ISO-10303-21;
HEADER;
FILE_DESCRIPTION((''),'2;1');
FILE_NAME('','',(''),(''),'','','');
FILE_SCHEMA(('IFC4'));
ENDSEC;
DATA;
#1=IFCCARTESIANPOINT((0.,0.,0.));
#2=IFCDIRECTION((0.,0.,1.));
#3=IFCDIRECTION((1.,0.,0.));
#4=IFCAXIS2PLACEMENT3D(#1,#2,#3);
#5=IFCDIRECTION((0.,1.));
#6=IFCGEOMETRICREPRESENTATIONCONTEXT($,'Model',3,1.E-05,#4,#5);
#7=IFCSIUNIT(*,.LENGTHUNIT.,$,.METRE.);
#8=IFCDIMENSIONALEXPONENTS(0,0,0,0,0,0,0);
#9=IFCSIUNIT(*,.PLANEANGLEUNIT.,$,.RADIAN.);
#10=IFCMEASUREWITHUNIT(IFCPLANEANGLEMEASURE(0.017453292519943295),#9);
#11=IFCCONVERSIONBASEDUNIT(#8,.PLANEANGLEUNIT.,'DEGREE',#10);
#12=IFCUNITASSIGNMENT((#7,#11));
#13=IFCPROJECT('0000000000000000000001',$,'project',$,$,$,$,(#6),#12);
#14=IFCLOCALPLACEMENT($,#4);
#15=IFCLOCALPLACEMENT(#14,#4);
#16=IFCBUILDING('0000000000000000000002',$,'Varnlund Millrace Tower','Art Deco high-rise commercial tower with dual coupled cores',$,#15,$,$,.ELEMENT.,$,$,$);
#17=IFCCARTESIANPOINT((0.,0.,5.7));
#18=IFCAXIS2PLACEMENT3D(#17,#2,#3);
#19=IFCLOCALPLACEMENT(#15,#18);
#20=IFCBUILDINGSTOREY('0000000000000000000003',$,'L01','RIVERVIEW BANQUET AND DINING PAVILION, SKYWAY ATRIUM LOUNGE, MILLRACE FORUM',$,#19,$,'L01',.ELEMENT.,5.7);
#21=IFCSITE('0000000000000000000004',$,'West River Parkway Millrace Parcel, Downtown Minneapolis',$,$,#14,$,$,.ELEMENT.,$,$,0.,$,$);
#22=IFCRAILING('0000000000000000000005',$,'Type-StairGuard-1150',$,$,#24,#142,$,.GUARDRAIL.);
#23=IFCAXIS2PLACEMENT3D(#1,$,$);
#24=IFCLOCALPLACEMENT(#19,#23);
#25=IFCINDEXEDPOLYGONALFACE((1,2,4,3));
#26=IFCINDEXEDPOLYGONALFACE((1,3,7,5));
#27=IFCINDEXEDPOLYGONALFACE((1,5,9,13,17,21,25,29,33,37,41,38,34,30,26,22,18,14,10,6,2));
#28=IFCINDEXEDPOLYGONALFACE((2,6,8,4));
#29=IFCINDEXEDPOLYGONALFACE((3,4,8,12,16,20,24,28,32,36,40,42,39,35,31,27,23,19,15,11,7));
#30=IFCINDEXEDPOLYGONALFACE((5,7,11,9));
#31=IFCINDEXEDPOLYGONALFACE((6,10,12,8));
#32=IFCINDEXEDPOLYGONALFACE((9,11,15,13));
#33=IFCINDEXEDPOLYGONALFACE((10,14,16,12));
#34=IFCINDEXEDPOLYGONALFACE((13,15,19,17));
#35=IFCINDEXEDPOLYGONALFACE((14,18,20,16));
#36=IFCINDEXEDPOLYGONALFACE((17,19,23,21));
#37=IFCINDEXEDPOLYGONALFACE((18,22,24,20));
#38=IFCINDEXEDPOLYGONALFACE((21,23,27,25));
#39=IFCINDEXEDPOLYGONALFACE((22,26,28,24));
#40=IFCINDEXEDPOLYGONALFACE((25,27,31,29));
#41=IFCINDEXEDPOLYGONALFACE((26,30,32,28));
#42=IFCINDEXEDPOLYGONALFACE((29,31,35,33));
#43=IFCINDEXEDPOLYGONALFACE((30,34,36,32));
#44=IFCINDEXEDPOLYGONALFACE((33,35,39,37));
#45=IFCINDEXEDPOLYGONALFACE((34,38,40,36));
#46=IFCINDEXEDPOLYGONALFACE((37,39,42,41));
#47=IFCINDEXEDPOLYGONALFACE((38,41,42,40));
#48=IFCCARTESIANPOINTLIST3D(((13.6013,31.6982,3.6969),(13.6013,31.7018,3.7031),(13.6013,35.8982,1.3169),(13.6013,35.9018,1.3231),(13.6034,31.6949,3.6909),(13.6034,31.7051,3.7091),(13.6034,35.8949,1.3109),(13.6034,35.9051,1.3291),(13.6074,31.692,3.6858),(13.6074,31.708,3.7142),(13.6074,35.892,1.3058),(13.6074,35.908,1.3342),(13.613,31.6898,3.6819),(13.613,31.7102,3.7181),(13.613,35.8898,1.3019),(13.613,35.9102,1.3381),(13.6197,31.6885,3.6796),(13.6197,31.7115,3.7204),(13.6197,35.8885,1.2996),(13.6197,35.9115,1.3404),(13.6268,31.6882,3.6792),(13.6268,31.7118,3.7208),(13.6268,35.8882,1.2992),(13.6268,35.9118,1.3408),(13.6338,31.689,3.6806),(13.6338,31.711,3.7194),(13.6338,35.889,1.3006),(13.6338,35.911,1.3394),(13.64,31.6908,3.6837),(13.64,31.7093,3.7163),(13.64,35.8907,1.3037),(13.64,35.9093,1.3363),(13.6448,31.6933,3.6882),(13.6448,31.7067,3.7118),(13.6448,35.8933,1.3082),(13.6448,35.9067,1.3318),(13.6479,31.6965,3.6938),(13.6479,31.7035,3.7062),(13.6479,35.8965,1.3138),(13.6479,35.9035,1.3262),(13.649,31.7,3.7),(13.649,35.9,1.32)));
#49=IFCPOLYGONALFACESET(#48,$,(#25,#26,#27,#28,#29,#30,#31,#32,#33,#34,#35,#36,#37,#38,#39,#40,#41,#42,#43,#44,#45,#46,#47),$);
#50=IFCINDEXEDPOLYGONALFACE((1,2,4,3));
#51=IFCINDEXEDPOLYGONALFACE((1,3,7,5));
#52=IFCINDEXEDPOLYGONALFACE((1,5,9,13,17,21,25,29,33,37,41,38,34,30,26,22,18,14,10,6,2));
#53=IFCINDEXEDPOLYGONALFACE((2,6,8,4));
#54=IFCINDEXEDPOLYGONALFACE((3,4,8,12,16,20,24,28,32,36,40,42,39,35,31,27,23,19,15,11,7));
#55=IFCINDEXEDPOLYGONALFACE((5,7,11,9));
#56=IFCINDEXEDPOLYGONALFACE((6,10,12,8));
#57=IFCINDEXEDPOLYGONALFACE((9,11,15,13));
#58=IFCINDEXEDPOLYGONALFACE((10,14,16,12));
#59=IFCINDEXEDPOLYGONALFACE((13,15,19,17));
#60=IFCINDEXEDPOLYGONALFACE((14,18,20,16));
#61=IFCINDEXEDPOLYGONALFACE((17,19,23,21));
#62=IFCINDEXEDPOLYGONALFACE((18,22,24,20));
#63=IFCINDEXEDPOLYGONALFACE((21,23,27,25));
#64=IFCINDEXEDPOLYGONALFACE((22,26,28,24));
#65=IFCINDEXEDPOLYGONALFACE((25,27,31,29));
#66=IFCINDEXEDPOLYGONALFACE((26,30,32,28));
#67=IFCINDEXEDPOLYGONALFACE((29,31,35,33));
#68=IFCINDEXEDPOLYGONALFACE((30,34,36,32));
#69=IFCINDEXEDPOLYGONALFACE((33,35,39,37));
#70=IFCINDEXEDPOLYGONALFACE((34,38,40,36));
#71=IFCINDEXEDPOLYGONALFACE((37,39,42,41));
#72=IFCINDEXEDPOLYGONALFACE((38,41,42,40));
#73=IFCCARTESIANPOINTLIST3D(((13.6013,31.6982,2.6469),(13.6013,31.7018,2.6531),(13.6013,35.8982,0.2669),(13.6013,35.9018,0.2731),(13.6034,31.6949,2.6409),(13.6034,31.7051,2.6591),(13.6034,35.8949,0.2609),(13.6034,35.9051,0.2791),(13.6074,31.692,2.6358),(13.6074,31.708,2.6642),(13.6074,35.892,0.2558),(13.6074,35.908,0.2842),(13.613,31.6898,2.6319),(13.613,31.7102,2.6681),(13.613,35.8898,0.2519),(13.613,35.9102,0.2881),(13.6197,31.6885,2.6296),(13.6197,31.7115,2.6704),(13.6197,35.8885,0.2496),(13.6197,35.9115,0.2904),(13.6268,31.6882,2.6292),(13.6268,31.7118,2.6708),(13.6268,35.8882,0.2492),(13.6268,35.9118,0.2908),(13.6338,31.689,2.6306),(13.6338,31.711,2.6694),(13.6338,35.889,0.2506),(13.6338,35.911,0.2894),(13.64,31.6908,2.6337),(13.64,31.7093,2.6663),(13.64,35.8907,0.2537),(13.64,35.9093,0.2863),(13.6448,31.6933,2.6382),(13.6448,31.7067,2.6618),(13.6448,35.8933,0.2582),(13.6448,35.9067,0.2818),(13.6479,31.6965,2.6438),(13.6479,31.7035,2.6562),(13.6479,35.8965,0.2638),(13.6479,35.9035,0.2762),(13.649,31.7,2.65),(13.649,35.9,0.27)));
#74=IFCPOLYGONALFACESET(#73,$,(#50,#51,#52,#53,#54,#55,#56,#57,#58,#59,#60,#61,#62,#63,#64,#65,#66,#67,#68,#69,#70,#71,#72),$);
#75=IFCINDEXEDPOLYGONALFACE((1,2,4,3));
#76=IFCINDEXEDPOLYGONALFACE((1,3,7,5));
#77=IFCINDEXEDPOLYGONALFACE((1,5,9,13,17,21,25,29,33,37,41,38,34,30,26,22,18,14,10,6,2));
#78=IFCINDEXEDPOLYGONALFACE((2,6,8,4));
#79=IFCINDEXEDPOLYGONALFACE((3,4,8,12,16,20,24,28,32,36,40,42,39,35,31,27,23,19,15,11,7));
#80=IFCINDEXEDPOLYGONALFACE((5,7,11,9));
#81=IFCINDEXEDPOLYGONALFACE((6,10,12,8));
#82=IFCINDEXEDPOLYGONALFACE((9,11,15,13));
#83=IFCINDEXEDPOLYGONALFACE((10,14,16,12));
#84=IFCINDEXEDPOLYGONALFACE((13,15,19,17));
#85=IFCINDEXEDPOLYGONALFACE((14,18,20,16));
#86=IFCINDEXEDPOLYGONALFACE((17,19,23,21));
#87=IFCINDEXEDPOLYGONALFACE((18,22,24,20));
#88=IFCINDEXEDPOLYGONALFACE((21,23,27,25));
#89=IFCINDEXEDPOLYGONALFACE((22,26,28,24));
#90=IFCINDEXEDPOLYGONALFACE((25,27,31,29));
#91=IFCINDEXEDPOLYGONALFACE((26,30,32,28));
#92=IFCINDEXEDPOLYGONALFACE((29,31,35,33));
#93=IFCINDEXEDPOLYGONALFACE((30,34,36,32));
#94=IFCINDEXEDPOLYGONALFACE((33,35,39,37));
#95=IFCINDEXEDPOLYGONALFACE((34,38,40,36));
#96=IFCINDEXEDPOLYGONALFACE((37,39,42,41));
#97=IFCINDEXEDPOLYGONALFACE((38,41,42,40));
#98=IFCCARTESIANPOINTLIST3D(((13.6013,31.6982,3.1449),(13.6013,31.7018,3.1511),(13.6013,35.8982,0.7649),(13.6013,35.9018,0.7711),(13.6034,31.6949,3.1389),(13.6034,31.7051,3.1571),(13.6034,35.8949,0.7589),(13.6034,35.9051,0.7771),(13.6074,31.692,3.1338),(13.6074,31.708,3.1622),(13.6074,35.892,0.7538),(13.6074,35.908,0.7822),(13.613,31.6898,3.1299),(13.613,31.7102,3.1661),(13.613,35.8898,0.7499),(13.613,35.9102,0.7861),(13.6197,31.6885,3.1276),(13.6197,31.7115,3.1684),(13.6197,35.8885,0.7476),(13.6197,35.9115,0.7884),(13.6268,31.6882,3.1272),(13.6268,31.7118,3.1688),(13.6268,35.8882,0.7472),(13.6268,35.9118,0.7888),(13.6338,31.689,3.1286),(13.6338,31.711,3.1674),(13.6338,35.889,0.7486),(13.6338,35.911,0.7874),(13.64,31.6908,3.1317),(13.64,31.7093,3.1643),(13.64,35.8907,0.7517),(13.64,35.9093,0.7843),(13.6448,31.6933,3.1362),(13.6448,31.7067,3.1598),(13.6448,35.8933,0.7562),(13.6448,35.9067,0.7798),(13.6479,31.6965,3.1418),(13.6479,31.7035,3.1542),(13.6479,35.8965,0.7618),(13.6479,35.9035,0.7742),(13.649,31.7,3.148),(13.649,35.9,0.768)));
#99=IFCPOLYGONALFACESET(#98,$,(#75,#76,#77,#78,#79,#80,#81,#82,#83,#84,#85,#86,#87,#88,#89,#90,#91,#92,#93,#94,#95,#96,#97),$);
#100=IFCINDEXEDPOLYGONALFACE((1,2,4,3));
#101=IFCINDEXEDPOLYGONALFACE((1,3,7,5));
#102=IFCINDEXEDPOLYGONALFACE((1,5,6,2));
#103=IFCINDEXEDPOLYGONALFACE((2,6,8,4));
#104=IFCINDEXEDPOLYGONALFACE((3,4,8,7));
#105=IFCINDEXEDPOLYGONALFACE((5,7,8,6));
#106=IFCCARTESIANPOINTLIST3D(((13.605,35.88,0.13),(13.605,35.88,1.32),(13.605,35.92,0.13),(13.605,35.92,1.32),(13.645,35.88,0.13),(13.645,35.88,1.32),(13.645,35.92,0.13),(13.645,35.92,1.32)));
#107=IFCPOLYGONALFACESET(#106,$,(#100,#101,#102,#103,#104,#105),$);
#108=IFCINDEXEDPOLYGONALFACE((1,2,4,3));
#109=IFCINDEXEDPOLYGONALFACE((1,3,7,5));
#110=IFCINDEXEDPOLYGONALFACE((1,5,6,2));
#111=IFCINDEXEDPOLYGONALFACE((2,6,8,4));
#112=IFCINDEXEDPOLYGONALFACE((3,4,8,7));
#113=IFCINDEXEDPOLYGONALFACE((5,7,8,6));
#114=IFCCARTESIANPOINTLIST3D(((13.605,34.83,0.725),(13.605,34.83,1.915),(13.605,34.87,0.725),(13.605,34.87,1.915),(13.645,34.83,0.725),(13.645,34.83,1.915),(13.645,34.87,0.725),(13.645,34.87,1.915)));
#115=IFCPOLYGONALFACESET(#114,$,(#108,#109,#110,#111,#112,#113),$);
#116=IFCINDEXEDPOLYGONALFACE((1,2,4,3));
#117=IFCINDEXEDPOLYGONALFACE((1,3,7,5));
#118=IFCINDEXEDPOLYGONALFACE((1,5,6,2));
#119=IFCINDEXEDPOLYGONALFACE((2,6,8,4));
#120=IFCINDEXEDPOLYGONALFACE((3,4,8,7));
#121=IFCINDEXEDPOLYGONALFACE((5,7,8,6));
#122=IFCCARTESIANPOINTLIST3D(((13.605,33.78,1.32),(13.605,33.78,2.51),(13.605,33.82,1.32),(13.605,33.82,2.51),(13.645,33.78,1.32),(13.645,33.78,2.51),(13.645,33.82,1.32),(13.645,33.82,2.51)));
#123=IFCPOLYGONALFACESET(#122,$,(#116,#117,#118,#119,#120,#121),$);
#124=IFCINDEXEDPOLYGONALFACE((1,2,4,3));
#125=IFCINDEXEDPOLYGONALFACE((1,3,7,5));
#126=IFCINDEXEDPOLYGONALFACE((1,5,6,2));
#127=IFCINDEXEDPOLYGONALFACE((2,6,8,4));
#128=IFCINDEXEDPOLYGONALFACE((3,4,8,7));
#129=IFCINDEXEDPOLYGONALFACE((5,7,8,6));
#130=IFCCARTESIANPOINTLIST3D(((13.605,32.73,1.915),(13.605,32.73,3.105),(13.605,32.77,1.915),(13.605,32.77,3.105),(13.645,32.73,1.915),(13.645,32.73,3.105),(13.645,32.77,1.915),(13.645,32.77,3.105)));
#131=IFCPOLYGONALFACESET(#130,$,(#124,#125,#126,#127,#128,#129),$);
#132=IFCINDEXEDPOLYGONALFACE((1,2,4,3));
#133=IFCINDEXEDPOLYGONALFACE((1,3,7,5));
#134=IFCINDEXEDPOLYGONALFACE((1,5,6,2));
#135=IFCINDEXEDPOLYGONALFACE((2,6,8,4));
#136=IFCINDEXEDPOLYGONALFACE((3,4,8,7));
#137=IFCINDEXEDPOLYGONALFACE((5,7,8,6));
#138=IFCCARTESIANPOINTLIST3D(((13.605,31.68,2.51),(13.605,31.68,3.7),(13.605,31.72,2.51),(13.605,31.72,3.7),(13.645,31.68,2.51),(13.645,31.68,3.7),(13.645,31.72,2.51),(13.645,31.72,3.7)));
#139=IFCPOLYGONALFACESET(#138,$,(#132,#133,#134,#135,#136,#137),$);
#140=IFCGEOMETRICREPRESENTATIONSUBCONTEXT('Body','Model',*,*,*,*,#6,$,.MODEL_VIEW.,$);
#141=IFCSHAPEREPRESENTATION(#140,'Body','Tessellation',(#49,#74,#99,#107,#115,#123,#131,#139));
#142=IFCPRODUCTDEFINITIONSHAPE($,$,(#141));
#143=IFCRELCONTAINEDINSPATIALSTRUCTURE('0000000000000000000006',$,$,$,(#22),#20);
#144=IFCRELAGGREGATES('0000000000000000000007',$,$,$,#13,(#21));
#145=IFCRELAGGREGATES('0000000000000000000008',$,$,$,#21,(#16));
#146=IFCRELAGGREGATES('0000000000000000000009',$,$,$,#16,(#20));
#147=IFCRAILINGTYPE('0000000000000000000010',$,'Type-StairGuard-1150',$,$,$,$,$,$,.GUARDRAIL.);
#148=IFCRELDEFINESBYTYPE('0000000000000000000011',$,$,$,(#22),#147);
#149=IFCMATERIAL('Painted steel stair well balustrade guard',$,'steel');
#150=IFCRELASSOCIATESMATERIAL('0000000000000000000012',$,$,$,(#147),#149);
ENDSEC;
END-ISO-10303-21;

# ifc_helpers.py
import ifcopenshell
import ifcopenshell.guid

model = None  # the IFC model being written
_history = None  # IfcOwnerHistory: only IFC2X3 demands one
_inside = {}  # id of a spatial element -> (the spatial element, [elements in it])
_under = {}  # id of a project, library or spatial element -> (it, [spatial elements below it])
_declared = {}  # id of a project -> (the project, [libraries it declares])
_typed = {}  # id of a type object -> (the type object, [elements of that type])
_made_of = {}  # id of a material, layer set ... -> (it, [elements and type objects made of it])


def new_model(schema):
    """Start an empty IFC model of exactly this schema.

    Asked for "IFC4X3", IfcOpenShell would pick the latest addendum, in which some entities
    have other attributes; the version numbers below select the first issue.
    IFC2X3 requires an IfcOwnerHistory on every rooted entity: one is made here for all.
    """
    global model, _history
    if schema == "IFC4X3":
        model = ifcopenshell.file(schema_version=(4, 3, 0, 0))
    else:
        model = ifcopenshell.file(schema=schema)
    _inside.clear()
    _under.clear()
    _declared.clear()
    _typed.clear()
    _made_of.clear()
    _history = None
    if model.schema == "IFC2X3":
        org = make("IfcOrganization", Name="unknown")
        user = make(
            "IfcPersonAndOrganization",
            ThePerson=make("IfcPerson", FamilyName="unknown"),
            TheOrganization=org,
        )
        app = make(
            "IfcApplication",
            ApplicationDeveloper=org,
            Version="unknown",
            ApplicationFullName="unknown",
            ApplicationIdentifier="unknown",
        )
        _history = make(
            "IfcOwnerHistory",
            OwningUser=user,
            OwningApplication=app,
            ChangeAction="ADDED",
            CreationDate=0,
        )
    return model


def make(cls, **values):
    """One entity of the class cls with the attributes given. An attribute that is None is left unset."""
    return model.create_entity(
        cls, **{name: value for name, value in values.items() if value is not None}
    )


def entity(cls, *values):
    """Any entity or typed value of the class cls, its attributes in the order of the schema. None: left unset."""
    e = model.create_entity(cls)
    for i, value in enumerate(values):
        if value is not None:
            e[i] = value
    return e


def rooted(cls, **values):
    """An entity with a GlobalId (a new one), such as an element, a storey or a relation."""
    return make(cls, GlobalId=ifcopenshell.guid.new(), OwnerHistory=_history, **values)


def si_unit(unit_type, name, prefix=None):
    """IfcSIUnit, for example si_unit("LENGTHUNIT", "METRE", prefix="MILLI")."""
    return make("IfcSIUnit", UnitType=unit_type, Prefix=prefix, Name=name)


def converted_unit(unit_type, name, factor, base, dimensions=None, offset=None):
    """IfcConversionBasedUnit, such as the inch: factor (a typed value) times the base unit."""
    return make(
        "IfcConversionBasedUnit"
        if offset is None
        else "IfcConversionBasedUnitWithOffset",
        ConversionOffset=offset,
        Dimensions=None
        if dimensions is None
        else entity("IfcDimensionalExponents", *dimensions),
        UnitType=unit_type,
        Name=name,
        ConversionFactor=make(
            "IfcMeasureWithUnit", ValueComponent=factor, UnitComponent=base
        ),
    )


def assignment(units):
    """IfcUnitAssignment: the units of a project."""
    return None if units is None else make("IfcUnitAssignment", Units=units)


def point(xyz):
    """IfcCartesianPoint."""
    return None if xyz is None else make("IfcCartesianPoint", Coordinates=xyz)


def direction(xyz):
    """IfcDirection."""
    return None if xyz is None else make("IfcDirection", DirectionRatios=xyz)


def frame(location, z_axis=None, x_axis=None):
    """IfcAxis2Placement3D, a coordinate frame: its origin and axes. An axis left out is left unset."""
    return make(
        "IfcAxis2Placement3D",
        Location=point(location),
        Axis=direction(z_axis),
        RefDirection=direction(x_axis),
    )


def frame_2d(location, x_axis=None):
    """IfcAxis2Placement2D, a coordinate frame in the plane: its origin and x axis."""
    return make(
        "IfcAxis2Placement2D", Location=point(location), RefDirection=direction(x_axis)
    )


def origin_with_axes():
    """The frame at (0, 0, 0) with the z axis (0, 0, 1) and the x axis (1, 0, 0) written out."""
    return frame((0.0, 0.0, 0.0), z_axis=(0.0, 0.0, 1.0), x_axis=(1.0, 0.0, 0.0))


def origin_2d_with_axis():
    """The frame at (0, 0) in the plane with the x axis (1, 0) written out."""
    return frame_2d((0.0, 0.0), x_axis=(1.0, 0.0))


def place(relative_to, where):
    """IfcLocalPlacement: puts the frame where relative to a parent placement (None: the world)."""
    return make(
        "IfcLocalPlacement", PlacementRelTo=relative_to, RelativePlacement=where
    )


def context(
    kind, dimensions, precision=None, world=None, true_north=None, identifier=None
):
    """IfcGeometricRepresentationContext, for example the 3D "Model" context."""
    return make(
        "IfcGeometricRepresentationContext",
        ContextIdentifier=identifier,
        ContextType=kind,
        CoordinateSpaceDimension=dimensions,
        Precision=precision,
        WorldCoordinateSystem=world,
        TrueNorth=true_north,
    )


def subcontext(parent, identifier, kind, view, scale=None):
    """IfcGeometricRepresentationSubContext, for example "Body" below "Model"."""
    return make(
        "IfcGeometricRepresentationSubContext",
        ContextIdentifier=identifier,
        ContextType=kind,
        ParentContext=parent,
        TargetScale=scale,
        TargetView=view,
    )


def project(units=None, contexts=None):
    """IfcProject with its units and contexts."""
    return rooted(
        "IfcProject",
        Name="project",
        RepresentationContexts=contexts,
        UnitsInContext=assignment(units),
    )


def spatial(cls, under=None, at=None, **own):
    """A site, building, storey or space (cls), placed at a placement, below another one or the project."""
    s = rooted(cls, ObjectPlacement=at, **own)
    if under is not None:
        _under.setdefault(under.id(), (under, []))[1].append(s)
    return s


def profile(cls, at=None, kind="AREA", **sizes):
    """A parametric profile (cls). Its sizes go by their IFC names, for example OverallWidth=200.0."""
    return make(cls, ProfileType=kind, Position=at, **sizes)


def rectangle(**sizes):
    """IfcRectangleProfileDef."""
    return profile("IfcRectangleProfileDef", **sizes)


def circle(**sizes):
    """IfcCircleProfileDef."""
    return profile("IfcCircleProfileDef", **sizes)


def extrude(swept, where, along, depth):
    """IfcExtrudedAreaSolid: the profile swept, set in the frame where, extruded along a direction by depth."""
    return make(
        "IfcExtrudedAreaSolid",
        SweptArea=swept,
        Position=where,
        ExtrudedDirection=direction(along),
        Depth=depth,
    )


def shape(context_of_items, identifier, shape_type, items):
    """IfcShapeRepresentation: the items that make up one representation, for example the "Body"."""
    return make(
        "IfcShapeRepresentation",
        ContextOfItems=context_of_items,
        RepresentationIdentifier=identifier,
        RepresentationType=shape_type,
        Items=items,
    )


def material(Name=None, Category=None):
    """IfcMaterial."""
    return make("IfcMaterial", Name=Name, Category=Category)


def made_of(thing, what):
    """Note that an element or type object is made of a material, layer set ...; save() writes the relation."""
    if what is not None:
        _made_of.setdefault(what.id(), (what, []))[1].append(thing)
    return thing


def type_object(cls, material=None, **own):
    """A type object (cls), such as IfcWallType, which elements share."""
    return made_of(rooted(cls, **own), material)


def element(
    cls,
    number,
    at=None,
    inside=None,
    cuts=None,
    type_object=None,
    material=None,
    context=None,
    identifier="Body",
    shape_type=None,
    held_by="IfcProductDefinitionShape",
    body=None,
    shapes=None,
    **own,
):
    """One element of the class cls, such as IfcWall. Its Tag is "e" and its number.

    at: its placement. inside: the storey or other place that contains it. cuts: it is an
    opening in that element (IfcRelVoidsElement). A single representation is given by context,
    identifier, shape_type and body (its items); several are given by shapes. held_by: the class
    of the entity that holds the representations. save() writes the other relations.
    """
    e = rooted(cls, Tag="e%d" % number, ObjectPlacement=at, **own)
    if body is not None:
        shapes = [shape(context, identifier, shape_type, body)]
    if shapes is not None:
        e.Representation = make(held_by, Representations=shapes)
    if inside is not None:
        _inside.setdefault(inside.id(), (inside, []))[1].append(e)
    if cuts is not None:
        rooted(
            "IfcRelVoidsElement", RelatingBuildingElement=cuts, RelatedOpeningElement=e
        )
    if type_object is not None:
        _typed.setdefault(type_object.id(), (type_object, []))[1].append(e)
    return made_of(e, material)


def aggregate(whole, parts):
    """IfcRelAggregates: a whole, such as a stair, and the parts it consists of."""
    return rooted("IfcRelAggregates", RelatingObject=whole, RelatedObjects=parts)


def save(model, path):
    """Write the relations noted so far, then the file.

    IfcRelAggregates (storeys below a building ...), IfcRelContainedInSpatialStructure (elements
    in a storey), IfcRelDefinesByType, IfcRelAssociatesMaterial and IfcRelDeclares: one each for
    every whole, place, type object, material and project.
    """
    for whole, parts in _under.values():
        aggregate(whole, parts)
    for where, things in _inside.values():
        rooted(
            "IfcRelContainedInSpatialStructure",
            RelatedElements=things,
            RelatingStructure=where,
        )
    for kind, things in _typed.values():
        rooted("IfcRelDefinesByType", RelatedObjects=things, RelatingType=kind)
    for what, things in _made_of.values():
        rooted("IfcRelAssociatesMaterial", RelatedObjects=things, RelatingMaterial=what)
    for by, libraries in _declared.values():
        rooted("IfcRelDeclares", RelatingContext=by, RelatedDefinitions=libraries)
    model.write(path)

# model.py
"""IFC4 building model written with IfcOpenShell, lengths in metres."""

from ifc_helpers import new_model, entity, si_unit, converted_unit, direction, frame, origin_with_axes, origin_2d_with_axis, place, context, subcontext, project, spatial, rectangle, circle, extrude, material, type_object, element, save


model = new_model("IFC4")

# Units and contexts
model_context = context("Model", 3, precision=1e-05, world=origin_with_axes(), true_north=direction((0.0, 1.0)))
body_context = subcontext(model_context, "Body", "Model", "MODEL_VIEW")
ifc_project = project(units=[si_unit("LENGTHUNIT", "METRE"), converted_unit("PLANEANGLEUNIT", "DEGREE", entity("IfcPlaneAngleMeasure", 0.017453292519943295), si_unit("PLANEANGLEUNIT", "RADIAN"), dimensions=[0, 0, 0, 0, 0, 0, 0])], contexts=[model_context])

# Site, building, storey
site_placement = place(None, origin_with_axes())
site = spatial("IfcSite", under=ifc_project, at=site_placement, Name="West River Parkway Millrace Parcel, Downtown Minneapolis", CompositionType="ELEMENT", RefElevation=0.0)
building_placement = place(site_placement, origin_with_axes())
building = spatial("IfcBuilding", under=site, at=building_placement, Name="Varnlund Millrace Tower", Description="Art Deco high-rise commercial tower with dual coupled cores", CompositionType="ELEMENT")
storey_placement = place(building_placement, frame((0.0, 0.0, 5.7), z_axis=(0.0, 0.0, 1.0), x_axis=(1.0, 0.0, 0.0)))
storey = spatial("IfcBuildingStorey", under=building, at=storey_placement, Name="L01", Description="RIVERVIEW BANQUET AND DINING PAVILION, SKYWAY ATRIUM LOUNGE, MILLRACE FORUM", LongName="L01", CompositionType="ELEMENT", Elevation=5.7)

# Railing
ifc_material_1 = material(Name="Painted steel stair well balustrade guard", Category="steel")
railing_type_1 = type_object("IfcRailingType", Name="Type-StairGuard-1150", PredefinedType="GUARDRAIL", material=ifc_material_1)
railing_1_placement = place(storey_placement, frame((0.0, 0.0, -5.7), z_axis=(0.0, 0.0, 1.0), x_axis=(1.0, 0.0, 0.0)))
element("IfcRailing", 1, at=railing_1_placement, inside=storey, type_object=railing_type_1, Name="Type-StairGuard-1150", PredefinedType="GUARDRAIL", context=body_context, shape_type="SweptSolid", body=[
    extrude(circle(Radius=0.024, at=origin_2d_with_axis()), frame((13.625, 35.9, 7.02), z_axis=(0.0, -0.870022, 0.493013), x_axis=(1.0, 0.0, 0.0)), (0.0, 0.0, 1.0), 4.8275),
    extrude(circle(Radius=0.024, at=origin_2d_with_axis()), frame((13.625, 35.9, 5.97), z_axis=(0.0, -0.870022, 0.493013), x_axis=(1.0, 0.0, 0.0)), (0.0, 0.0, 1.0), 4.8275),
    extrude(circle(Radius=0.024, at=origin_2d_with_axis()), frame((13.625, 35.9, 6.468), z_axis=(0.0, -0.870022, 0.493013), x_axis=(1.0, 0.0, 0.0)), (0.0, 0.0, 1.0), 4.8275),
    extrude(rectangle(XDim=0.04, YDim=0.04, at=origin_2d_with_axis()), frame((13.625, 35.9, 5.83), z_axis=(0.0, 0.0, 1.0), x_axis=(1.0, 0.0, 0.0)), (0.0, 0.0, 1.0), 1.19),
    extrude(rectangle(XDim=0.04, YDim=0.04, at=origin_2d_with_axis()), frame((13.625, 34.85, 6.425), z_axis=(0.0, 0.0, 1.0), x_axis=(1.0, 0.0, 0.0)), (0.0, 0.0, 1.0), 1.19),
    extrude(rectangle(XDim=0.04, YDim=0.04, at=origin_2d_with_axis()), frame((13.625, 33.8, 7.02), z_axis=(0.0, 0.0, 1.0), x_axis=(1.0, 0.0, 0.0)), (0.0, 0.0, 1.0), 1.19),
    extrude(rectangle(XDim=0.04, YDim=0.04, at=origin_2d_with_axis()), frame((13.625, 32.75, 7.615), z_axis=(0.0, 0.0, 1.0), x_axis=(1.0, 0.0, 0.0)), (0.0, 0.0, 1.0), 1.19),
    extrude(rectangle(XDim=0.04, YDim=0.04, at=origin_2d_with_axis()), frame((13.625, 31.7, 8.21), z_axis=(0.0, 0.0, 1.0), x_axis=(1.0, 0.0, 0.0)), (0.0, 0.0, 1.0), 1.19),
])

save(model, "model.ifc")
